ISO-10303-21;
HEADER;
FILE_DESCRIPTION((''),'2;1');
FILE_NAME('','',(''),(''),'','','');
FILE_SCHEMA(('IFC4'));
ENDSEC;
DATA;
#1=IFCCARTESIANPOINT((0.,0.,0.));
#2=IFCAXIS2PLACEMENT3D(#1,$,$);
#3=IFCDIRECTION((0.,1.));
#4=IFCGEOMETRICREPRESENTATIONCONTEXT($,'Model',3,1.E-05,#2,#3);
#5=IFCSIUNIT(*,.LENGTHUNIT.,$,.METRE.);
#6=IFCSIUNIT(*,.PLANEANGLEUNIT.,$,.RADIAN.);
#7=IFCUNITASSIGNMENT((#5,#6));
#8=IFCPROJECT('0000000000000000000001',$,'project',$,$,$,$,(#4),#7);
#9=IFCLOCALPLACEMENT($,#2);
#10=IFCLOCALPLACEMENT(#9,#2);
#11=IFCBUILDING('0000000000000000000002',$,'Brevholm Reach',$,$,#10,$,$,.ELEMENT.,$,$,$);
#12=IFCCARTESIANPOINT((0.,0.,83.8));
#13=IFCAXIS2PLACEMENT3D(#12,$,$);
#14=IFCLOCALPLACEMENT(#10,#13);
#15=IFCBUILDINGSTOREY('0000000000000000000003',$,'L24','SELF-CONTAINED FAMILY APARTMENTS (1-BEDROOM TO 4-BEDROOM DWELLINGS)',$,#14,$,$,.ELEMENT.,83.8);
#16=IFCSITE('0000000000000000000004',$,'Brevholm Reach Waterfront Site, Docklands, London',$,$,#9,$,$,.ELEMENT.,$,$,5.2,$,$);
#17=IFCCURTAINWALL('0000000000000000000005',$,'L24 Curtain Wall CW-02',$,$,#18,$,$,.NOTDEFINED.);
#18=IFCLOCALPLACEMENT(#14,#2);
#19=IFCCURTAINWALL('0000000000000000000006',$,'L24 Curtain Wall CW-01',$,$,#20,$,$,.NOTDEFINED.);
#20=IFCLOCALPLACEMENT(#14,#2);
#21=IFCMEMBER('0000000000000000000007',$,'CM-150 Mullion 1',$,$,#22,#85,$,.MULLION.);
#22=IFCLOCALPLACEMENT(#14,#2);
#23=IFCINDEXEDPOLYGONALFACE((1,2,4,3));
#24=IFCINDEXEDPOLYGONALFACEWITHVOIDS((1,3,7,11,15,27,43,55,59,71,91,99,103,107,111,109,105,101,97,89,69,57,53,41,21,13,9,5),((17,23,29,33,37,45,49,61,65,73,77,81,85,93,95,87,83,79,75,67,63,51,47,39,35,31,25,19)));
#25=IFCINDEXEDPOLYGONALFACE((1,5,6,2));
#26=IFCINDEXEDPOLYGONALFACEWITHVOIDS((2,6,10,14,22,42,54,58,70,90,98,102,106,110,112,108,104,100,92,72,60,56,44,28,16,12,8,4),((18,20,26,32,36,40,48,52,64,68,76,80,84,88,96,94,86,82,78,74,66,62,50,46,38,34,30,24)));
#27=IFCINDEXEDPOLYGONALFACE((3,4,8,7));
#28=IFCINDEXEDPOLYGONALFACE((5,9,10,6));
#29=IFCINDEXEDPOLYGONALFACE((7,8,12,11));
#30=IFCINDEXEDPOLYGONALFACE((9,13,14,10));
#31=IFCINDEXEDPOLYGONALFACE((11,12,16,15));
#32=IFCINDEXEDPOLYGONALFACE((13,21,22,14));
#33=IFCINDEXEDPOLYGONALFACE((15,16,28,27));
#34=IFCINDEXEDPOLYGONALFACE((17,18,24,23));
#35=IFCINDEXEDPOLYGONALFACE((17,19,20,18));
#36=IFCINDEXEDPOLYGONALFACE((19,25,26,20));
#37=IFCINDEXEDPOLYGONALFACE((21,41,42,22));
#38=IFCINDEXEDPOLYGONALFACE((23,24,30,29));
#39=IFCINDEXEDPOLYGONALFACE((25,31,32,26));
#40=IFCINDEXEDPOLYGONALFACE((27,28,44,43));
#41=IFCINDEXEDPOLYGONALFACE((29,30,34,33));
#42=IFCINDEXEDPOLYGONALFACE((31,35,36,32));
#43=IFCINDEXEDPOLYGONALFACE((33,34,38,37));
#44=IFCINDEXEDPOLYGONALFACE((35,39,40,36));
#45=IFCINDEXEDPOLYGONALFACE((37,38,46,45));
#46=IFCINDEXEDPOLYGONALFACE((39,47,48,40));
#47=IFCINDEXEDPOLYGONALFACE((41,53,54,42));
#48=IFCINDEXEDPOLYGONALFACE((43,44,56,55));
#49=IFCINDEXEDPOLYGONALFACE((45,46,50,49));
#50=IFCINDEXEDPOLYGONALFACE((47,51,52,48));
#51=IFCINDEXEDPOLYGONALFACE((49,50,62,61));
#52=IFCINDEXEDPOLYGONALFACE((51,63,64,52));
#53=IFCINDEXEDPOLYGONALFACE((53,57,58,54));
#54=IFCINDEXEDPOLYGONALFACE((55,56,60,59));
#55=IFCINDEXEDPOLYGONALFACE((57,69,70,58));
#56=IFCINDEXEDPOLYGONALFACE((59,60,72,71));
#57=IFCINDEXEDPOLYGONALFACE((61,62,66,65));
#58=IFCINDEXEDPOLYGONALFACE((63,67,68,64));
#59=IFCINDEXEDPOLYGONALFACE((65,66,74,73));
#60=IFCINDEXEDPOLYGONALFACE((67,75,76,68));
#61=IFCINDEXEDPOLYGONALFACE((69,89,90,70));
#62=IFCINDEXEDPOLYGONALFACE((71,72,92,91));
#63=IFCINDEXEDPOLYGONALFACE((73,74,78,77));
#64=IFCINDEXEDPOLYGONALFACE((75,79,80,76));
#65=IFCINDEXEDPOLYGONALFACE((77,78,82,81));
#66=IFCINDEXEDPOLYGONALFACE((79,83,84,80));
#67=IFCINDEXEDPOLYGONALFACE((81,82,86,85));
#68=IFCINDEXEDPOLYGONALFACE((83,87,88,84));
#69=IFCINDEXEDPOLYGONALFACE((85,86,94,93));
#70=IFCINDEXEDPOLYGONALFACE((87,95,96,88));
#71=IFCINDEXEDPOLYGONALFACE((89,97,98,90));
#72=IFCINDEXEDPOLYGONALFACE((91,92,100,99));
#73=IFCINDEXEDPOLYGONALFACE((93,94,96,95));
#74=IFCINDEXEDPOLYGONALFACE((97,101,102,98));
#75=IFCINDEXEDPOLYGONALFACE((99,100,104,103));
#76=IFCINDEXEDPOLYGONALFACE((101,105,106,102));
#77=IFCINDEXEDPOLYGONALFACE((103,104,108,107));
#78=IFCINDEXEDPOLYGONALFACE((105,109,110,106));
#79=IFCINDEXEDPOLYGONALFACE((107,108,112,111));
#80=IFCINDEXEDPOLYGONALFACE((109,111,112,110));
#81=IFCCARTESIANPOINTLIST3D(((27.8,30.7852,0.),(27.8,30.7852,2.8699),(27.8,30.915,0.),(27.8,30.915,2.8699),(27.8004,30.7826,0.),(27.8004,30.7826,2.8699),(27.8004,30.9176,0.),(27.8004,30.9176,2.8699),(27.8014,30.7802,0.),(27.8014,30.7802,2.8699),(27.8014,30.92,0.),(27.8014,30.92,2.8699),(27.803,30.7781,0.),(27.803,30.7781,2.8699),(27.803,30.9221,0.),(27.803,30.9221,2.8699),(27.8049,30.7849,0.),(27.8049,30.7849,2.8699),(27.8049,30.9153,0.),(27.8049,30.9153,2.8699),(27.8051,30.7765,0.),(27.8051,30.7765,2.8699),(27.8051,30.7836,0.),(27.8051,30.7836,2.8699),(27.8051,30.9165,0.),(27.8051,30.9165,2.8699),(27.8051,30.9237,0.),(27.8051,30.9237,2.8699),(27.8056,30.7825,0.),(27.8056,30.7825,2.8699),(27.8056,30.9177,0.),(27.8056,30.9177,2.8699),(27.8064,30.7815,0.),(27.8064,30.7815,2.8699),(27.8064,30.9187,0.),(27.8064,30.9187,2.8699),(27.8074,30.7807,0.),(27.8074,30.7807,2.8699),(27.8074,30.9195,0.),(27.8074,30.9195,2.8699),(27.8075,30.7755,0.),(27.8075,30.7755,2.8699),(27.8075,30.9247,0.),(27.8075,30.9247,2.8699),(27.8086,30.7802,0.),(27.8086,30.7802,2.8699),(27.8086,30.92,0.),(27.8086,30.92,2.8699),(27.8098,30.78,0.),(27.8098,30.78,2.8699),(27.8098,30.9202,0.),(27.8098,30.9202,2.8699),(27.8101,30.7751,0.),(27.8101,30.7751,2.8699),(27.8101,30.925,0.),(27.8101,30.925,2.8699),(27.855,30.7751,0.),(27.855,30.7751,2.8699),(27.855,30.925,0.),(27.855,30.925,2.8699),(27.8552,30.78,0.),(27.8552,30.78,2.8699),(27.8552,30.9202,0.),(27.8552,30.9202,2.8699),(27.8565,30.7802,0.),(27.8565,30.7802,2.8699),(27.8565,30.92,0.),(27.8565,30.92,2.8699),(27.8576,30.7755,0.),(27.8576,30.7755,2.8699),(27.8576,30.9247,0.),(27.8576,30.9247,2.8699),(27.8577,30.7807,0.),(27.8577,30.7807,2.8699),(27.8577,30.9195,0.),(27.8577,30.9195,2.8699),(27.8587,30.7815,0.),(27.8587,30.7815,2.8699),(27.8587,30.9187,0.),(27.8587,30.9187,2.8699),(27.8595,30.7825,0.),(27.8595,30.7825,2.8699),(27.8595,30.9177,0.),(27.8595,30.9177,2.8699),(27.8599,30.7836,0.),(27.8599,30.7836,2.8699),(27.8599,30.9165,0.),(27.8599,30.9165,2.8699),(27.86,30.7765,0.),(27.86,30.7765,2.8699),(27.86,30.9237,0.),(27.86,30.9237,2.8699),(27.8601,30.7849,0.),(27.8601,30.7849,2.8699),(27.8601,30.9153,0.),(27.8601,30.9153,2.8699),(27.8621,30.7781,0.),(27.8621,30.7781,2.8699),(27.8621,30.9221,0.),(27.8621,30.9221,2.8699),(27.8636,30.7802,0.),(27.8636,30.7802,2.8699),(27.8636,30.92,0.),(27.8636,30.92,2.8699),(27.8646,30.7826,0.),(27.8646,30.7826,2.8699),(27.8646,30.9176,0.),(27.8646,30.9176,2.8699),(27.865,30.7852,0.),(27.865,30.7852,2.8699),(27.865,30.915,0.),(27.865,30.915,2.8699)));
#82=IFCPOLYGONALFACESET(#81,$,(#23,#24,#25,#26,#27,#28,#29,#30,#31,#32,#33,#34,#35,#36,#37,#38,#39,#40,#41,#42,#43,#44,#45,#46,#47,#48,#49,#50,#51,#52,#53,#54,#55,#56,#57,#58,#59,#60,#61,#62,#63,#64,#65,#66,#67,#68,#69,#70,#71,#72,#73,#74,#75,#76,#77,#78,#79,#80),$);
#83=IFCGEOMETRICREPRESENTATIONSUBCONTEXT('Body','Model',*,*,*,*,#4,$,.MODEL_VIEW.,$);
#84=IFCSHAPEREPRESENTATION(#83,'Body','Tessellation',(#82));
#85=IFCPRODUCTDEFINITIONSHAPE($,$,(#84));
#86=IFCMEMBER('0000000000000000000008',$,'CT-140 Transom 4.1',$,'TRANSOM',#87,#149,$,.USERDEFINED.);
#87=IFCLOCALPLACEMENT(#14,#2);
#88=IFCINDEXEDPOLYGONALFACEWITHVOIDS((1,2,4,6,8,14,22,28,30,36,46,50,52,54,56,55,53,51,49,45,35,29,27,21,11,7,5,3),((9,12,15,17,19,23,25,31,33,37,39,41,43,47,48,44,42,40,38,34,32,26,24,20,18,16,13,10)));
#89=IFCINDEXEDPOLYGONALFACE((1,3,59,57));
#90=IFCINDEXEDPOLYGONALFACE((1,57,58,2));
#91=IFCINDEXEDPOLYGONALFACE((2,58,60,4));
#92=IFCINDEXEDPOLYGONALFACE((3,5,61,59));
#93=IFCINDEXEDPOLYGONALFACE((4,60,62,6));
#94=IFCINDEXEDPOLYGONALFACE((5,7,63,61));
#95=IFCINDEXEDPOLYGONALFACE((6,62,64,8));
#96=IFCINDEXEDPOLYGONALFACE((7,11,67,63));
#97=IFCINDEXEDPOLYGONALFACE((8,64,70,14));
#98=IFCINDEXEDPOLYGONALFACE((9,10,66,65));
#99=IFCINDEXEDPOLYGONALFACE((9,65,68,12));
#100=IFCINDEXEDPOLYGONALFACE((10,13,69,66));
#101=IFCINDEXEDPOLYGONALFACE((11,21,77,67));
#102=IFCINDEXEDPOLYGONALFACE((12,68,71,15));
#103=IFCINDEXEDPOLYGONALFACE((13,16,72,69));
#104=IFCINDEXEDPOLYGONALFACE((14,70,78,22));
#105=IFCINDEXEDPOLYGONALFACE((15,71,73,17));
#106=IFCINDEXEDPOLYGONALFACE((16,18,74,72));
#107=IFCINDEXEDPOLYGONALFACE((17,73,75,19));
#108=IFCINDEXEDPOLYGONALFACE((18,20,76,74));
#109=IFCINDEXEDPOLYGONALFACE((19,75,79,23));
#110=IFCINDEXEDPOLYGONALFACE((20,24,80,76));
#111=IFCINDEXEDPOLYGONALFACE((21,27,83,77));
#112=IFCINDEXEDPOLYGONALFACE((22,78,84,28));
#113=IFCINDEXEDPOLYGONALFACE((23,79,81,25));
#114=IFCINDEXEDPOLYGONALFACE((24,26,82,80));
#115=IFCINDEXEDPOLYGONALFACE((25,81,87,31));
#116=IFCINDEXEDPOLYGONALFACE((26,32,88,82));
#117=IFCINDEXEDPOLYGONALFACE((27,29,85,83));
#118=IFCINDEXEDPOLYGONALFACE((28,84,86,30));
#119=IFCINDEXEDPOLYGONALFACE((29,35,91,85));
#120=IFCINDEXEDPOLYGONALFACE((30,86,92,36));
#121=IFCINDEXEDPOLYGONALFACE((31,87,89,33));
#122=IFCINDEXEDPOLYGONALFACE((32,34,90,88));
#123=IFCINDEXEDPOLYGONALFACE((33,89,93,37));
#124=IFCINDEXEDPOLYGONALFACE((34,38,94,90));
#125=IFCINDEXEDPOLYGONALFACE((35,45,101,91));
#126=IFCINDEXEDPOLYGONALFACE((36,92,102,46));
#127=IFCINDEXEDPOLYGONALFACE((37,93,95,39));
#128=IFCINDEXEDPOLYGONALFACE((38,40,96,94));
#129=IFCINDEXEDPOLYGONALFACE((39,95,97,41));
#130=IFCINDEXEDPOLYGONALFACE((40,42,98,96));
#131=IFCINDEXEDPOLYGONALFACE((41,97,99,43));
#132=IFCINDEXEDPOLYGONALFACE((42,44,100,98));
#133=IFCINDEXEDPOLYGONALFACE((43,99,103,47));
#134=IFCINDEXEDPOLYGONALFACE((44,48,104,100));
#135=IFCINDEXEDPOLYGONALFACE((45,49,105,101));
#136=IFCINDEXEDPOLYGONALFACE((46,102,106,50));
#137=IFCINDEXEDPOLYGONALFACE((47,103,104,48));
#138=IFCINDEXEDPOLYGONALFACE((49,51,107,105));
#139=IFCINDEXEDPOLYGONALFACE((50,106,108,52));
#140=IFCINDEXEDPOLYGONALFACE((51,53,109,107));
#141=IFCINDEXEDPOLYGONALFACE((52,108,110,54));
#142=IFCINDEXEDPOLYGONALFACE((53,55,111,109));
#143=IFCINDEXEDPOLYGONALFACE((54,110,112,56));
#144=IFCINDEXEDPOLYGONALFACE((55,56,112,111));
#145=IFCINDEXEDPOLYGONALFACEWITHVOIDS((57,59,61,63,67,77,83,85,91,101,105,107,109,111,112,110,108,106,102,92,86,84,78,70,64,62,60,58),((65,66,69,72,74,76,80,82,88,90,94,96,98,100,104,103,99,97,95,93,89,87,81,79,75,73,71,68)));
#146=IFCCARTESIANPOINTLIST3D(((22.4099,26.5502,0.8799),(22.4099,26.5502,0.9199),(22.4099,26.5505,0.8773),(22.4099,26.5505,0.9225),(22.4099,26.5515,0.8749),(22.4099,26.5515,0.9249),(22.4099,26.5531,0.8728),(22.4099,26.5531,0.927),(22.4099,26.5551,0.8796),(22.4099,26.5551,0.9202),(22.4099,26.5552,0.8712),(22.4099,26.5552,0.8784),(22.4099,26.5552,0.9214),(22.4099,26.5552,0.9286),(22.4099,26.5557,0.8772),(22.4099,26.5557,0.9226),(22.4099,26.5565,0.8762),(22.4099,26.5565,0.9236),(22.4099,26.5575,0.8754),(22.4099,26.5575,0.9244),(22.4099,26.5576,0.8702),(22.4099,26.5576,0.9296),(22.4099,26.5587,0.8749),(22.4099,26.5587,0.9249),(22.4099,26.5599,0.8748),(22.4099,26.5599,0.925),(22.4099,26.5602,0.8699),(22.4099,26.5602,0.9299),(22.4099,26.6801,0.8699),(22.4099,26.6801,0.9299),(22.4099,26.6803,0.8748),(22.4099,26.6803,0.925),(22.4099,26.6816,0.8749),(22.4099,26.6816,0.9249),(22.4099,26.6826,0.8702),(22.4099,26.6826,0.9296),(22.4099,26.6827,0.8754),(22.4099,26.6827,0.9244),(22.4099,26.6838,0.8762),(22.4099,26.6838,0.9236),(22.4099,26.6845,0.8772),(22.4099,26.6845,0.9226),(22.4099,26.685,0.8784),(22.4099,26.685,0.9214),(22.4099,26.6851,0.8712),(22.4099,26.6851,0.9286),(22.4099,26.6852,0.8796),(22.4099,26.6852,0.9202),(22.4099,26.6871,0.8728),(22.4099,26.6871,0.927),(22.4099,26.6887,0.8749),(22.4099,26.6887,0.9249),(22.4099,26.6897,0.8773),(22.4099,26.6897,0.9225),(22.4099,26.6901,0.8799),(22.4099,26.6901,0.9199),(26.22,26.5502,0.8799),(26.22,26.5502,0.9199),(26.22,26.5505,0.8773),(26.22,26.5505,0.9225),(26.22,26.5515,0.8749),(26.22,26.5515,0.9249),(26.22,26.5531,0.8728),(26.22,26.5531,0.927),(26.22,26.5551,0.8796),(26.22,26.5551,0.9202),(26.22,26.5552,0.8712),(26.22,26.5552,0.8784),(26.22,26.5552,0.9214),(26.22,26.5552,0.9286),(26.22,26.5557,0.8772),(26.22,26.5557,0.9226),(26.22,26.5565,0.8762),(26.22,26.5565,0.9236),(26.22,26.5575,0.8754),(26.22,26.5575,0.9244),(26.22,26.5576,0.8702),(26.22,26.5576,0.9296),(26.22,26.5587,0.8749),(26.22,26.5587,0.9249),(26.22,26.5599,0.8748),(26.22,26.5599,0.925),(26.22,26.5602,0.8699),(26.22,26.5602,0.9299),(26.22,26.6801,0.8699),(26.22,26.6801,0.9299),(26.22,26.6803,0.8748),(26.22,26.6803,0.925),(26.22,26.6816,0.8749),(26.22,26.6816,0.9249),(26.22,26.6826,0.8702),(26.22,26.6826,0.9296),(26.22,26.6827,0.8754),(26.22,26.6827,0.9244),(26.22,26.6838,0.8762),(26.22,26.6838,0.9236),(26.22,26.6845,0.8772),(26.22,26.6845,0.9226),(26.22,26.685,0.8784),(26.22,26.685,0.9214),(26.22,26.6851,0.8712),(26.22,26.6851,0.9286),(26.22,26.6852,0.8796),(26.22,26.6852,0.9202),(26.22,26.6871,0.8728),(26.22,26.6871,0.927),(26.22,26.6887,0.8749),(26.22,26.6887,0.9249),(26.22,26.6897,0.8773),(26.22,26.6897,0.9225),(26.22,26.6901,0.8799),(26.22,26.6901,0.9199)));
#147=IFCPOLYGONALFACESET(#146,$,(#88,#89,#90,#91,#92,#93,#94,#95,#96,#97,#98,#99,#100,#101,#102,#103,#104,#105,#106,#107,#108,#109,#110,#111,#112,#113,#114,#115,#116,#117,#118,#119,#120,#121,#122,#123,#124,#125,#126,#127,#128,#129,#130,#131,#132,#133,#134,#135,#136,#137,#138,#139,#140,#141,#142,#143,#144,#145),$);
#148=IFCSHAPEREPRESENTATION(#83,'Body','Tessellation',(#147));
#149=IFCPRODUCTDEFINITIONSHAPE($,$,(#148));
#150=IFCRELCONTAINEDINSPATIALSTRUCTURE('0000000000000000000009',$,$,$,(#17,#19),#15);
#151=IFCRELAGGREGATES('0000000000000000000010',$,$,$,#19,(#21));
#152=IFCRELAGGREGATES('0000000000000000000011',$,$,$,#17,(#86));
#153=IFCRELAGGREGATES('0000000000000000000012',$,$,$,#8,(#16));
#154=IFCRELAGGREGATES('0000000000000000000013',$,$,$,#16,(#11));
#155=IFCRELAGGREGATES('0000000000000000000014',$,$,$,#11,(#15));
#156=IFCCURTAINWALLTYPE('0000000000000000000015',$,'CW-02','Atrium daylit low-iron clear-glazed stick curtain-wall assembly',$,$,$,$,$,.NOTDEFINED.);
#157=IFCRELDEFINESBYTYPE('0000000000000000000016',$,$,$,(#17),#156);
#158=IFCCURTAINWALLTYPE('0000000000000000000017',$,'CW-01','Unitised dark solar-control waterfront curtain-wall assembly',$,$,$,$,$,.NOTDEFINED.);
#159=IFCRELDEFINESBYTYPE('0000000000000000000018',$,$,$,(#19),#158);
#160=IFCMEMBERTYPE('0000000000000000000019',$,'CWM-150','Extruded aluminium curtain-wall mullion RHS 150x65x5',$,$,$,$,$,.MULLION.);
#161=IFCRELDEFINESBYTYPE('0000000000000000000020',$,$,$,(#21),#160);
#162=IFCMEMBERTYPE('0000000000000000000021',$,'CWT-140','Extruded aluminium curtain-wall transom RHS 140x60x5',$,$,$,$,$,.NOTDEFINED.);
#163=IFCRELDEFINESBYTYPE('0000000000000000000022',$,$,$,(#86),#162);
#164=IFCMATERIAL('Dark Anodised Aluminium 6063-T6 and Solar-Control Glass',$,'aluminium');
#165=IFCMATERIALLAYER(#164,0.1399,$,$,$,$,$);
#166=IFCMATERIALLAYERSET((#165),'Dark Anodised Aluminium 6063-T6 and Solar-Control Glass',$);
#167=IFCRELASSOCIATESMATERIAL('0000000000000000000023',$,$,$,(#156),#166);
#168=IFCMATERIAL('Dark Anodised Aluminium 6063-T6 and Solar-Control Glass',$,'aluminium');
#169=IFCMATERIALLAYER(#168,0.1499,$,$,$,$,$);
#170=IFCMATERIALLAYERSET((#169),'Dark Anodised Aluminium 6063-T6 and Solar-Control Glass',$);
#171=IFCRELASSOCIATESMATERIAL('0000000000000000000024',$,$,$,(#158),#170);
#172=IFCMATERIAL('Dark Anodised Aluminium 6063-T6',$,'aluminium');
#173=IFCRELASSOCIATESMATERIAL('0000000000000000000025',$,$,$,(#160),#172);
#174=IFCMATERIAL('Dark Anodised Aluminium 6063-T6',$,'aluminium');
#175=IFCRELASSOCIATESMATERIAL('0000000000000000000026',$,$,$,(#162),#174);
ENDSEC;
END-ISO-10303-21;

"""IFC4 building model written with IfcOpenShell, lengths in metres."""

from ifc_helpers import new_model, si_unit, direction, frame, origin, origin_2d, place, context, subcontext, project, spatial, hollow_rectangle, extrude, material, layer, layer_set, material_profile, profile_set, type_object, element, aggregate, save


model = new_model("IFC4")

# Units and contexts
model_context = context("Model", 3, precision=1e-05, world=origin(), true_north=direction((0.0, 1.0)))
body_context = subcontext(model_context, "Body", "Model", "MODEL_VIEW")
ifc_project = project(units=[si_unit("LENGTHUNIT", "METRE"), si_unit("PLANEANGLEUNIT", "RADIAN")], contexts=[model_context])

# Site, building, storey
site_placement = place(None, origin())
site = spatial("IfcSite", under=ifc_project, at=site_placement, Name="Brevholm Reach Waterfront Site, Docklands, London", CompositionType="ELEMENT", RefElevation=5.2)
building_placement = place(site_placement, origin())
building = spatial("IfcBuilding", under=site, at=building_placement, Name="Brevholm Reach", CompositionType="ELEMENT")
storey_placement = place(building_placement, frame((0.0, 0.0, 83.8)))
storey = spatial("IfcBuildingStorey", under=building, at=storey_placement, Name="L24", Description="SELF-CONTAINED FAMILY APARTMENTS (1-BEDROOM TO 4-BEDROOM DWELLINGS)", CompositionType="ELEMENT", Elevation=83.8)

# Curtain wall
ifc_material_1 = material(Name="Dark Anodised Aluminium 6063-T6 and Solar-Control Glass", Category="aluminium")
ifc_layer_1 = layer(ifc_material_1, 0.1399)
ifc_layer_set_1 = layer_set([ifc_layer_1], Name="Dark Anodised Aluminium 6063-T6 and Solar-Control Glass")
curtain_wall_type_1 = type_object("IfcCurtainWallType", Name="CW-02", Description="Atrium daylit low-iron clear-glazed stick curtain-wall assembly", PredefinedType="NOTDEFINED", material=ifc_layer_set_1)
curtain_wall_1_placement = place(storey_placement, origin())
curtain_wall_1 = element("IfcCurtainWall", 1, at=curtain_wall_1_placement, inside=storey, type_object=curtain_wall_type_1, Name="L24 Curtain Wall CW-02", PredefinedType="NOTDEFINED")

# Curtain wall, member
ifc_material_2 = material(Name="Dark Anodised Aluminium 6063-T6 and Solar-Control Glass", Category="aluminium")
ifc_layer_2 = layer(ifc_material_2, 0.1499)
ifc_layer_set_2 = layer_set([ifc_layer_2], Name="Dark Anodised Aluminium 6063-T6 and Solar-Control Glass")
curtain_wall_type_2 = type_object("IfcCurtainWallType", Name="CW-01", Description="Unitised dark solar-control waterfront curtain-wall assembly", PredefinedType="NOTDEFINED", material=ifc_layer_set_2)
curtain_wall_2_placement = place(storey_placement, origin())
curtain_wall_2 = element("IfcCurtainWall", 2, at=curtain_wall_2_placement, inside=storey, type_object=curtain_wall_type_2, Name="L24 Curtain Wall CW-01", PredefinedType="NOTDEFINED")
ifc_material_3 = material(Name="Dark Anodised Aluminium 6063-T6", Category="aluminium")
ifc_material_profile_1 = material_profile(ifc_material_3, hollow_rectangle(XDim=0.0649, YDim=0.1499, WallThickness=0.0049, InnerFilletRadius=0.0049, OuterFilletRadius=0.01, at=origin_2d()), Name="RHS 150x65x5")
ifc_profile_set_1 = profile_set([ifc_material_profile_1], Name="Dark Anodised Aluminium 6063-T6")
member_type_1 = type_object("IfcMemberType", Name="CWM-150", Description="Extruded aluminium curtain-wall mullion RHS 150x65x5", PredefinedType="MULLION", material=ifc_profile_set_1)
member_1_placement = place(storey_placement, frame((27.8325, 30.8501, 0.0), z_axis=(0.0, 0.0, 1.0), x_axis=(1.0, 0.0, 0.0)))
member_1 = element("IfcMember", 3, at=member_1_placement, type_object=member_type_1, Name="CM-150 Mullion 1", PredefinedType="MULLION", context=body_context, shape_type="SweptSolid", body=[
    extrude(hollow_rectangle(XDim=0.0649, YDim=0.1499, WallThickness=0.0049, InnerFilletRadius=0.0049, OuterFilletRadius=0.01, at=origin_2d()), origin(), (0.0, 0.0, 1.0), 2.8699),
])

# Member
ifc_material_4 = material(Name="Dark Anodised Aluminium 6063-T6", Category="aluminium")
ifc_material_profile_2 = material_profile(ifc_material_4, hollow_rectangle(XDim=0.0601, YDim=0.1399, WallThickness=0.0049, InnerFilletRadius=0.0049, OuterFilletRadius=0.01, at=origin_2d()), Name="RHS 140x60x5")
ifc_profile_set_2 = profile_set([ifc_material_profile_2], Name="Dark Anodised Aluminium 6063-T6")
member_type_2 = type_object("IfcMemberType", Name="CWT-140", Description="Extruded aluminium curtain-wall transom RHS 140x60x5", PredefinedType="NOTDEFINED", material=ifc_profile_set_2)
member_2_placement = place(storey_placement, frame((26.22, 26.6201, 0.8999), z_axis=(-1.0, 0.0, 0.0), x_axis=(0.0, 0.0, 1.0)))
member_2 = element("IfcMember", 4, at=member_2_placement, type_object=member_type_2, Name="CT-140 Transom 4.1", ObjectType="TRANSOM", PredefinedType="USERDEFINED", context=body_context, shape_type="SweptSolid", body=[
    extrude(hollow_rectangle(XDim=0.0601, YDim=0.1399, WallThickness=0.0049, InnerFilletRadius=0.0049, OuterFilletRadius=0.01, at=origin_2d()), origin(), (0.0, 0.0, 1.0), 3.8101),
])
aggregate(curtain_wall_2, [member_1])

aggregate(curtain_wall_1, [member_2])

save(model, "model.ifc")
